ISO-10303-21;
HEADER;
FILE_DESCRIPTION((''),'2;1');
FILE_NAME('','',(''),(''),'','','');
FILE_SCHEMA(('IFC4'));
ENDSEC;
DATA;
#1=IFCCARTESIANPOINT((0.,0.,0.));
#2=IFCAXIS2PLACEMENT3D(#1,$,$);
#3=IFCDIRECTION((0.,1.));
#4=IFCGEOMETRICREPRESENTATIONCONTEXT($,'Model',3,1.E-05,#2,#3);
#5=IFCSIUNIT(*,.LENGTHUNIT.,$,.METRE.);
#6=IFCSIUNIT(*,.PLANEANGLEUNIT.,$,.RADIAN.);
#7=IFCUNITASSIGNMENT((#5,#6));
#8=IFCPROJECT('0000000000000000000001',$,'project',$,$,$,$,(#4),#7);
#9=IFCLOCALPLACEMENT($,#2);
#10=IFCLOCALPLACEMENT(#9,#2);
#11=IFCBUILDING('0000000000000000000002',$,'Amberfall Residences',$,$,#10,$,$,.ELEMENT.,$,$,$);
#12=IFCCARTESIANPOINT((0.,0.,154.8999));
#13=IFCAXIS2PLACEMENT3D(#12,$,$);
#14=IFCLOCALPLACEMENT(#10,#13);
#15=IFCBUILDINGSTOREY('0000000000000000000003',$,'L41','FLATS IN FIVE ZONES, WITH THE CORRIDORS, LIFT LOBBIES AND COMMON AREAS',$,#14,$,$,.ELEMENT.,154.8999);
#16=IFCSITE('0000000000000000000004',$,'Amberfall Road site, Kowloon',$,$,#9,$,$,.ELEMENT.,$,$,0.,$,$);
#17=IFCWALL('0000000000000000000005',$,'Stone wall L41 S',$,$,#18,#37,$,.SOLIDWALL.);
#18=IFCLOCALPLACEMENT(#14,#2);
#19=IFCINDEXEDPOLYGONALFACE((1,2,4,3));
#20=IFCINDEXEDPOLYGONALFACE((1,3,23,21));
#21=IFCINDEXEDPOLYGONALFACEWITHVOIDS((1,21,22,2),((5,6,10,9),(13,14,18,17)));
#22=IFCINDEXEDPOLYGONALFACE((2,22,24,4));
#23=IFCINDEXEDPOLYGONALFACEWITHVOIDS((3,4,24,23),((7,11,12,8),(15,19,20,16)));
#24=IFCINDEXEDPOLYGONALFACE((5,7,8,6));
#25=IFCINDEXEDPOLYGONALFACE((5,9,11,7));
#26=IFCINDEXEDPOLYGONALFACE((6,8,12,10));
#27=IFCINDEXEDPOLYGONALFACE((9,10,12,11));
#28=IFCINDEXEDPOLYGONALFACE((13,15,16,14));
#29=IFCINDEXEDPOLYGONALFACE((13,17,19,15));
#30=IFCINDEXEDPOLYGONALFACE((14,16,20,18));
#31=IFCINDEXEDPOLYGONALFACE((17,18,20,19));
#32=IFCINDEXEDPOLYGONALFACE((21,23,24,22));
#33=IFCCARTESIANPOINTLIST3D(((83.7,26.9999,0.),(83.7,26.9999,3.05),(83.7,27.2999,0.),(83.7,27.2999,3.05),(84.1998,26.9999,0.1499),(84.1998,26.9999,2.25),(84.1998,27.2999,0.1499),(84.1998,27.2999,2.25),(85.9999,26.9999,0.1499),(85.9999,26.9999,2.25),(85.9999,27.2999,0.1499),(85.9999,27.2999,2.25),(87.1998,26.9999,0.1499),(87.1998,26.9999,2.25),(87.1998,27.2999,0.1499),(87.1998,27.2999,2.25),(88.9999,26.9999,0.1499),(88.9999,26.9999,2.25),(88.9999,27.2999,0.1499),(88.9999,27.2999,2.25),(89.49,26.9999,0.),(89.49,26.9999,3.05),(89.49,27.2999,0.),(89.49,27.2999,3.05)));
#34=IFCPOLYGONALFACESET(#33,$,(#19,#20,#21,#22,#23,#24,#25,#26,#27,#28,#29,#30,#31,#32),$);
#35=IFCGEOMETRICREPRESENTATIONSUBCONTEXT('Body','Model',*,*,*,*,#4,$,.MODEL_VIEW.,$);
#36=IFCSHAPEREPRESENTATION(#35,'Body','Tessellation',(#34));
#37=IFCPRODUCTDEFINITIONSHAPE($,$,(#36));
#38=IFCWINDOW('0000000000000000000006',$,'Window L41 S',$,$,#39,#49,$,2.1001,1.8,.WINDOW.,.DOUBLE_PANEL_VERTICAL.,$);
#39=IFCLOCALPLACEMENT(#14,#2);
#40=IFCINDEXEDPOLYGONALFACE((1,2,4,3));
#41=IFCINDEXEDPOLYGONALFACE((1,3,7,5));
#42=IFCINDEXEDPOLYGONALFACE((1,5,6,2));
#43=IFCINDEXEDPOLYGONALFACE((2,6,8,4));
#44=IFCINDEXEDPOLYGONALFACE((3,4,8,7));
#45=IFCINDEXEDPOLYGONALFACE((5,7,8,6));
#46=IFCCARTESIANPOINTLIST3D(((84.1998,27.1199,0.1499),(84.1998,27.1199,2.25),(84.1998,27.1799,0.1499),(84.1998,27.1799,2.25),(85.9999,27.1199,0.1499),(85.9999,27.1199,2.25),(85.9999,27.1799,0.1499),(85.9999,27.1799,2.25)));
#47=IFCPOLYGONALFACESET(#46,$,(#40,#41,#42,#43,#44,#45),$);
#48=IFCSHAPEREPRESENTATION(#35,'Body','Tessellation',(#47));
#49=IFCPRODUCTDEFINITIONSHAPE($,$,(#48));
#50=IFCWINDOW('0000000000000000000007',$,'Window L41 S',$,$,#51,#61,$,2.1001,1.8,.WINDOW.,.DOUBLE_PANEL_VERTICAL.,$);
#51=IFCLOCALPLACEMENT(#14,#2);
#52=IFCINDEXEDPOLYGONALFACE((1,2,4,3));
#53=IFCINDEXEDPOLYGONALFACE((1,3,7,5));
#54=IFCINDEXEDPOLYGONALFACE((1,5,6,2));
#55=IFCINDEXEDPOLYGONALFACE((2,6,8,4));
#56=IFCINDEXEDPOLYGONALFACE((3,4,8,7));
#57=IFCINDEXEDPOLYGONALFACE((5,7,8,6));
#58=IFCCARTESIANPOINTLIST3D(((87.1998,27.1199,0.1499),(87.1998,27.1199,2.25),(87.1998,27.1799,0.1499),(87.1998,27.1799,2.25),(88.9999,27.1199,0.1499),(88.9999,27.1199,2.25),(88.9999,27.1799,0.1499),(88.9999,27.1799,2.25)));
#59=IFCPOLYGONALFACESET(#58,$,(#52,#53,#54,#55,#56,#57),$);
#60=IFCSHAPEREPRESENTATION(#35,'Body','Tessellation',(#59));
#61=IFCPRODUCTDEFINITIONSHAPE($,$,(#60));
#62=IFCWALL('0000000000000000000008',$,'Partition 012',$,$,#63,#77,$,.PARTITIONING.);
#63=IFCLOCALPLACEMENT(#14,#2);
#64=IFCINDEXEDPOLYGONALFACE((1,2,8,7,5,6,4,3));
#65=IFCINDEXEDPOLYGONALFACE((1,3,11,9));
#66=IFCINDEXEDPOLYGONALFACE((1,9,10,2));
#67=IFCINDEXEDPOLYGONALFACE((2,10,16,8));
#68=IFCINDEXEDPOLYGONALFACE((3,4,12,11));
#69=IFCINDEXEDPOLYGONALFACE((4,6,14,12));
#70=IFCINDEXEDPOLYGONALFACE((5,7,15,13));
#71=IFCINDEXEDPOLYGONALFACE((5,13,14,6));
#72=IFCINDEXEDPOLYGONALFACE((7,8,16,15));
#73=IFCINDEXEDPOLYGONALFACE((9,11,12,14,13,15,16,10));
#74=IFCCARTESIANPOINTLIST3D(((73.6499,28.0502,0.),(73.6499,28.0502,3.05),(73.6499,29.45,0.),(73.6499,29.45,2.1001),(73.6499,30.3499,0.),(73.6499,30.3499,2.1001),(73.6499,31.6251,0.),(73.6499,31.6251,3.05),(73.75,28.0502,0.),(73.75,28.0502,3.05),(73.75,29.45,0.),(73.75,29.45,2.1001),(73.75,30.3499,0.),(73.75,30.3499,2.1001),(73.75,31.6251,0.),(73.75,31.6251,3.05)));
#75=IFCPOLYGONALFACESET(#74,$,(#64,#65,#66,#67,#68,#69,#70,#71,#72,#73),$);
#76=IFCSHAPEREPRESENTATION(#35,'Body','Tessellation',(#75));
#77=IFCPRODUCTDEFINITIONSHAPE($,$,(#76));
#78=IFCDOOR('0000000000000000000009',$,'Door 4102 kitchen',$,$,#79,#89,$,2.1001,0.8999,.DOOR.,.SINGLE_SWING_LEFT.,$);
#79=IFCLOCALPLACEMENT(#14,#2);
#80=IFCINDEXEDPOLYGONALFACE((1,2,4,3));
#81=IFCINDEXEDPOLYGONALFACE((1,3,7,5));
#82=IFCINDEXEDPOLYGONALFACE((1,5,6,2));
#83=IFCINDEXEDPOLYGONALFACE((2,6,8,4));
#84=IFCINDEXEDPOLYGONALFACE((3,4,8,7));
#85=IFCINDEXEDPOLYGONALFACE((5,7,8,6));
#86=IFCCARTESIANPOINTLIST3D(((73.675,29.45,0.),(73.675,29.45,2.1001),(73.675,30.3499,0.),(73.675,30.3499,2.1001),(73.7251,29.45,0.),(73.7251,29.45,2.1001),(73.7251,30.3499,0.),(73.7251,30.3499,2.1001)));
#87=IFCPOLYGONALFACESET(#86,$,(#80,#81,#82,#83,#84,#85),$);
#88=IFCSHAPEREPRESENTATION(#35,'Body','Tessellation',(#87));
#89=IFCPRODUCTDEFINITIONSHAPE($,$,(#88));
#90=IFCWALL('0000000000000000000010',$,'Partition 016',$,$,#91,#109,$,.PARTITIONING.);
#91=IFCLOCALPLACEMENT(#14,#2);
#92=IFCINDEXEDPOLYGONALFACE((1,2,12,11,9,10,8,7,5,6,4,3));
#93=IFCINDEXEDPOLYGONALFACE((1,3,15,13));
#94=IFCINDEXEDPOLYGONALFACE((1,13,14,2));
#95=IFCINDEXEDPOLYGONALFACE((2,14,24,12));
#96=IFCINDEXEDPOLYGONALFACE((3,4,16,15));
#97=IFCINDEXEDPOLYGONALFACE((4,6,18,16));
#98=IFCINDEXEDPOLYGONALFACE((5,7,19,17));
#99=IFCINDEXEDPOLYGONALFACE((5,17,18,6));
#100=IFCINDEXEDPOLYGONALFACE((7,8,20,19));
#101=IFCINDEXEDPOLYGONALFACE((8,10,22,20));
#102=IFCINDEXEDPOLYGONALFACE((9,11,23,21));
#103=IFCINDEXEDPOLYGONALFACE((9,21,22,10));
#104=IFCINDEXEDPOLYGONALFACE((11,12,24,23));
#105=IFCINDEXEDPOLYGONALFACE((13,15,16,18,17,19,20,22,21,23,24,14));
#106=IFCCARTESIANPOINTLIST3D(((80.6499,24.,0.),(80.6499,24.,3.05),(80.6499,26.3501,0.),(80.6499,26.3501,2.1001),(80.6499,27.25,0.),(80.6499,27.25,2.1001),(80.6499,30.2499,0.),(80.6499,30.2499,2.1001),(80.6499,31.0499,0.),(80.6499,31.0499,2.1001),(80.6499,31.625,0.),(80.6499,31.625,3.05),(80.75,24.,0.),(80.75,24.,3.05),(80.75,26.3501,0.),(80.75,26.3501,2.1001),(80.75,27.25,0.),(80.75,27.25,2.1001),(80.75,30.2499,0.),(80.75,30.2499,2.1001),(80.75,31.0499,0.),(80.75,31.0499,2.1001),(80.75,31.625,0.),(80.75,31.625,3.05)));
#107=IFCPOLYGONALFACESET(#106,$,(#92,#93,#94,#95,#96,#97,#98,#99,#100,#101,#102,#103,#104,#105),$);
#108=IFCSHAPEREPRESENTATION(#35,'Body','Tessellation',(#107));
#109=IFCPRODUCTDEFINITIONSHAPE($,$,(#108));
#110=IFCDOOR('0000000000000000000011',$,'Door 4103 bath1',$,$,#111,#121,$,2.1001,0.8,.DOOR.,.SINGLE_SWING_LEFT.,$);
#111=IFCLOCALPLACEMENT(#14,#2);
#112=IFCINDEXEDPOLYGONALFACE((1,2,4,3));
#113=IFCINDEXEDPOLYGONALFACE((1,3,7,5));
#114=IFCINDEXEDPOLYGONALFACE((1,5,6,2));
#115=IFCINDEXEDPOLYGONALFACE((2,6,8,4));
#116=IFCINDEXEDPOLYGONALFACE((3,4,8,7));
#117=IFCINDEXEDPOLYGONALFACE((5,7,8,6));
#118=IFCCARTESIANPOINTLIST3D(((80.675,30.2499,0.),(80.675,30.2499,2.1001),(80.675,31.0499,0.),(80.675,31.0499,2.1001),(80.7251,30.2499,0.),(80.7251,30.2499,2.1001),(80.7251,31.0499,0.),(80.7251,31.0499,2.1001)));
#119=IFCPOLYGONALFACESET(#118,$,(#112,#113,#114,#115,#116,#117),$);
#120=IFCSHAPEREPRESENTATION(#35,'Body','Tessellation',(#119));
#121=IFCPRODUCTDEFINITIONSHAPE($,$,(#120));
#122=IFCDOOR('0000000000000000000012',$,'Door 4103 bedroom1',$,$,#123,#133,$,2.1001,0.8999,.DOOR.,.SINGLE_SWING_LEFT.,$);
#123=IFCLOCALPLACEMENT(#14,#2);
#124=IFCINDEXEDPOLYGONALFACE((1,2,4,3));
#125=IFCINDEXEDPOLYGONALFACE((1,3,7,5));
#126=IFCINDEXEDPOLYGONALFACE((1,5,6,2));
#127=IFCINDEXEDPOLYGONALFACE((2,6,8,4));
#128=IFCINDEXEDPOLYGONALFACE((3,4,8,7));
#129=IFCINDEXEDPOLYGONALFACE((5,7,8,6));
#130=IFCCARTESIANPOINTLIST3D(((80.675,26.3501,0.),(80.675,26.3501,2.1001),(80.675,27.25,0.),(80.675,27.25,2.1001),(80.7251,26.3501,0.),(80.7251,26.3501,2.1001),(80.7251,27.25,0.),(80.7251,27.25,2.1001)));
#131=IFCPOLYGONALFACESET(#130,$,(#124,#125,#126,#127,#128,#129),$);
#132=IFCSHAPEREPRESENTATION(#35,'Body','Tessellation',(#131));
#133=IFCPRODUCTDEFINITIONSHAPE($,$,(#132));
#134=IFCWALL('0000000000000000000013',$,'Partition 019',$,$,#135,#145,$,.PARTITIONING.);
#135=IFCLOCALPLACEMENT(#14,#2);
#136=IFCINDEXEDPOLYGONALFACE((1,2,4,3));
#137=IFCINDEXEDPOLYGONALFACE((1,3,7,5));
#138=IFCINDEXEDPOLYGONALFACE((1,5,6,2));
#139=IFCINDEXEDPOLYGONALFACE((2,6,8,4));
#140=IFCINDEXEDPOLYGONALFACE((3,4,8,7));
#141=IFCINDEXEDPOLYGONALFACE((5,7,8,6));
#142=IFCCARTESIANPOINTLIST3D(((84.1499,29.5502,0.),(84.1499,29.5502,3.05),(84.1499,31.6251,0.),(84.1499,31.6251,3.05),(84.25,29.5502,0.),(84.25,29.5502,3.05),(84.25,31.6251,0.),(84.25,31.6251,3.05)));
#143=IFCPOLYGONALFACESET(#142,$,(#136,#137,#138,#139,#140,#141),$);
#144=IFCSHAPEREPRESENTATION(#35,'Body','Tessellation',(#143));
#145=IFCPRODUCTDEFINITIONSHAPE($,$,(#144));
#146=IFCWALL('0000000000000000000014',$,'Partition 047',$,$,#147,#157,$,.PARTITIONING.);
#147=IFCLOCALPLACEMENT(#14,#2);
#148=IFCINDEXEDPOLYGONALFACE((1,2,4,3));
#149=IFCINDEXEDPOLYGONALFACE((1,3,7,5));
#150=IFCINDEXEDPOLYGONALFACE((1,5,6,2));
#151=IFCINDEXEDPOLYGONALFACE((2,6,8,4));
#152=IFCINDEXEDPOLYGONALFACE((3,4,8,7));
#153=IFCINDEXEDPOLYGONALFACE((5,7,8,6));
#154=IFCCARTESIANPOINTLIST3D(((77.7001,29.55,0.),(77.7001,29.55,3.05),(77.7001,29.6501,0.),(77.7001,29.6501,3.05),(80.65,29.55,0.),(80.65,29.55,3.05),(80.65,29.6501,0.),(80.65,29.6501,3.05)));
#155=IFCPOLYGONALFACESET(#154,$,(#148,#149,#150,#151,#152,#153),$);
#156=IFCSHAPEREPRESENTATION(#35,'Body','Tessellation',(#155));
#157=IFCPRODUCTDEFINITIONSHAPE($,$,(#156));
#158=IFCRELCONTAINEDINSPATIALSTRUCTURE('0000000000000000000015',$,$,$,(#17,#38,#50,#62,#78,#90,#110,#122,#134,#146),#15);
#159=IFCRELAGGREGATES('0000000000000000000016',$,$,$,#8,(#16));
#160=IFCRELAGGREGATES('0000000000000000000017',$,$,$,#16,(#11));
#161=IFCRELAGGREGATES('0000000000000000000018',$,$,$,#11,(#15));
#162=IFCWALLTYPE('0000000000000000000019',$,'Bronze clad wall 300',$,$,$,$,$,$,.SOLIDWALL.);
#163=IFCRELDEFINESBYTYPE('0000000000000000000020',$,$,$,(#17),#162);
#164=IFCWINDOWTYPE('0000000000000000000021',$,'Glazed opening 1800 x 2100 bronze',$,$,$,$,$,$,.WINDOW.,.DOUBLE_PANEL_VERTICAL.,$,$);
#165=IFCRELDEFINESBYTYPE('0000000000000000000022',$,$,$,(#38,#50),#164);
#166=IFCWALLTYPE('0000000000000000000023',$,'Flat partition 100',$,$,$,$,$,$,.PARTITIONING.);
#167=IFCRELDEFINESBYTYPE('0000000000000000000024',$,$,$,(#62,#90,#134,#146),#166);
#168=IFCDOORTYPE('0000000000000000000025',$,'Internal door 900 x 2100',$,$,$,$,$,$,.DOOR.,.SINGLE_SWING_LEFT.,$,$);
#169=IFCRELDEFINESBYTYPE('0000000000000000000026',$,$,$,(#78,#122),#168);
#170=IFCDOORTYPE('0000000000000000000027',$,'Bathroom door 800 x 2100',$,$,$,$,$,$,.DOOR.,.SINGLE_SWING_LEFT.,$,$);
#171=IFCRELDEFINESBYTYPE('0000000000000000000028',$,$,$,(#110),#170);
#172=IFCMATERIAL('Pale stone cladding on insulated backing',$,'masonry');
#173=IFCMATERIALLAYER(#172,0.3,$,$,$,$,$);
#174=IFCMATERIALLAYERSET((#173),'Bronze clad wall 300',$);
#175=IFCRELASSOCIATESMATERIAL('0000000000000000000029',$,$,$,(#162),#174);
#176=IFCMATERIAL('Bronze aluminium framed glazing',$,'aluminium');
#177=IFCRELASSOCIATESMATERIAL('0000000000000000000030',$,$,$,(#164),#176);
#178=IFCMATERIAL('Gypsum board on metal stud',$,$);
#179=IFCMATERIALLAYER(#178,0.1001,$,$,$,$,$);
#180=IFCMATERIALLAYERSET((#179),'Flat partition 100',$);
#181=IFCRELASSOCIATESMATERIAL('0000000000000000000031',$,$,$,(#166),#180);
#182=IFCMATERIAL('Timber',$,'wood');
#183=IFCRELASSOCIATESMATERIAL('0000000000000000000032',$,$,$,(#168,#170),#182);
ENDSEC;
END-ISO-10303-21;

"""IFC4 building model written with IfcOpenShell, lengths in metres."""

from ifc_helpers import new_model, si_unit, direction, frame, frame_2d, origin, place, context, subcontext, project, spatial, rectangle, extrude, material, layer, layer_set, type_object, element, fill, save


model = new_model("IFC4")

# Units and contexts
model_context = context("Model", 3, precision=1e-05, world=origin(), true_north=direction((0.0, 1.0)))
body_context = subcontext(model_context, "Body", "Model", "MODEL_VIEW")
ifc_project = project(units=[si_unit("LENGTHUNIT", "METRE"), si_unit("PLANEANGLEUNIT", "RADIAN")], contexts=[model_context])

# Site, building, storey
site_placement = place(None, origin())
site = spatial("IfcSite", under=ifc_project, at=site_placement, Name="Amberfall Road site, Kowloon", CompositionType="ELEMENT", RefElevation=0.0)
building_placement = place(site_placement, origin())
building = spatial("IfcBuilding", under=site, at=building_placement, Name="Amberfall Residences", CompositionType="ELEMENT")
storey_placement = place(building_placement, frame((0.0, 0.0, 154.8999)))
storey = spatial("IfcBuildingStorey", under=building, at=storey_placement, Name="L41", Description="FLATS IN FIVE ZONES, WITH THE CORRIDORS, LIFT LOBBIES AND COMMON AREAS", CompositionType="ELEMENT", Elevation=154.8999)

# Shared definitions
ifc_material_1 = material(Name="Pale stone cladding on insulated backing", Category="masonry")
ifc_layer_1 = layer(ifc_material_1, 0.3)
ifc_layer_set_1 = layer_set([ifc_layer_1], Name="Bronze clad wall 300")
wall_type_1 = type_object("IfcWallType", Name="Bronze clad wall 300", PredefinedType="SOLIDWALL", material=ifc_layer_set_1)

# Wall, openings, windows
ifc_material_2 = material(Name="Bronze aluminium framed glazing", Category="aluminium")
window_type = type_object("IfcWindowType", Name="Glazed opening 1800 x 2100 bronze", PartitioningType="DOUBLE_PANEL_VERTICAL", PredefinedType="WINDOW", material=ifc_material_2)
wall_1_placement = place(storey_placement, frame((83.7, 27.1499, 0.0), z_axis=(0.0, 0.0, 1.0), x_axis=(1.0, 0.0, 0.0)))
wall_1 = element("IfcWall", 1, at=wall_1_placement, inside=storey, type_object=wall_type_1, Name="Stone wall L41 S", PredefinedType="SOLIDWALL", context=body_context, shape_type="SweptSolid", body=[
    extrude(rectangle(XDim=5.79, YDim=0.3, at=frame_2d((2.895, 0.0))), origin(), (0.0, 0.0, 1.0), 3.05),
])
opening_1_placement = place(wall_1_placement, frame((0.5, 0.0, 0.1499)))
opening_1 = element("IfcOpeningElement", 2, at=opening_1_placement, cuts=wall_1, PredefinedType="OPENING", context=body_context, shape_type="SweptSolid", body=[
    extrude(rectangle(XDim=1.8, YDim=2.1001, at=frame_2d((0.8999, 1.05))), frame((0.0, 0.1599, 0.0), z_axis=(0.0, -1.0, 0.0), x_axis=(1.0, 0.0, 0.0)), (0.0, 0.0, 1.0), 0.3201),
])
opening_2_placement = place(wall_1_placement, frame((3.5, 0.0, 0.1499)))
opening_2 = element("IfcOpeningElement", 3, at=opening_2_placement, cuts=wall_1, PredefinedType="OPENING", context=body_context, shape_type="SweptSolid", body=[
    extrude(rectangle(XDim=1.8, YDim=2.1001, at=frame_2d((0.8999, 1.05))), frame((0.0, 0.1599, 0.0), z_axis=(0.0, -1.0, 0.0), x_axis=(1.0, 0.0, 0.0)), (0.0, 0.0, 1.0), 0.3201),
])
window_1_placement = place(opening_1_placement, origin())
window_1 = element("IfcWindow", 4, at=window_1_placement, inside=storey, type_object=window_type, Name="Window L41 S", OverallHeight=2.1001, OverallWidth=1.8, PartitioningType="DOUBLE_PANEL_VERTICAL", PredefinedType="WINDOW", context=body_context, shape_type="SweptSolid", body=[
    extrude(rectangle(XDim=1.8, YDim=2.1001, at=frame_2d((0.8999, 1.05))), frame((0.0, 0.03, 0.0), z_axis=(0.0, -1.0, 0.0), x_axis=(1.0, 0.0, 0.0)), (0.0, 0.0, 1.0), 0.0601),
])
fill(opening_1, window_1)
window_2_placement = place(opening_2_placement, origin())
window_2 = element("IfcWindow", 5, at=window_2_placement, inside=storey, type_object=window_type, Name="Window L41 S", OverallHeight=2.1001, OverallWidth=1.8, PartitioningType="DOUBLE_PANEL_VERTICAL", PredefinedType="WINDOW", context=body_context, shape_type="SweptSolid", body=[
    extrude(rectangle(XDim=1.8, YDim=2.1001, at=frame_2d((0.8999, 1.05))), frame((0.0, 0.03, 0.0), z_axis=(0.0, -1.0, 0.0), x_axis=(1.0, 0.0, 0.0)), (0.0, 0.0, 1.0), 0.0601),
])
fill(opening_2, window_2)

# Wall, opening, door
ifc_material_3 = material(Name="Gypsum board on metal stud")
ifc_layer_2 = layer(ifc_material_3, 0.1001)
ifc_layer_set_2 = layer_set([ifc_layer_2], Name="Flat partition 100")
wall_type_2 = type_object("IfcWallType", Name="Flat partition 100", PredefinedType="PARTITIONING", material=ifc_layer_set_2)
wall_2_placement = place(storey_placement, frame((73.7, 28.05, 0.0), z_axis=(0.0, 0.0, 1.0), x_axis=(0.0, 1.0, 0.0)))
wall_2 = element("IfcWall", 6, at=wall_2_placement, inside=storey, type_object=wall_type_2, Name="Partition 012", PredefinedType="PARTITIONING", context=body_context, shape_type="SweptSolid", body=[
    extrude(rectangle(XDim=3.575, YDim=0.1001, at=frame_2d((1.7876, 0.0))), origin(), (0.0, 0.0, 1.0), 3.05),
])
opening_3_placement = place(wall_2_placement, frame((1.3999, 0.0, 0.0)))
opening_3 = element("IfcOpeningElement", 7, at=opening_3_placement, cuts=wall_2, PredefinedType="OPENING", context=body_context, shape_type="SweptSolid", body=[
    extrude(rectangle(XDim=0.8999, YDim=2.1001, at=frame_2d((0.45, 1.05))), frame((0.0, 0.0601, 0.0), z_axis=(0.0, -1.0, 0.0), x_axis=(1.0, 0.0, 0.0)), (0.0, 0.0, 1.0), 0.1201),
])
ifc_material_4 = material(Name="Timber", Category="wood")
door_type_1 = type_object("IfcDoorType", Name="Internal door 900 x 2100", OperationType="SINGLE_SWING_LEFT", PredefinedType="DOOR", material=ifc_material_4)
door_1_placement = place(opening_3_placement, origin())
door_1 = element("IfcDoor", 8, at=door_1_placement, inside=storey, type_object=door_type_1, Name="Door 4102 kitchen", OperationType="SINGLE_SWING_LEFT", OverallHeight=2.1001, OverallWidth=0.8999, PredefinedType="DOOR", context=body_context, shape_type="SweptSolid", body=[
    extrude(rectangle(XDim=0.8999, YDim=2.1001, at=frame_2d((0.45, 1.05))), frame((0.0, 0.0249, 0.0), z_axis=(0.0, -1.0, 0.0), x_axis=(1.0, 0.0, 0.0)), (0.0, 0.0, 1.0), 0.05),
])
fill(opening_3, door_1)

# Wall, openings, doors
wall_3_placement = place(storey_placement, frame((80.7, 24.0, 0.0), z_axis=(0.0, 0.0, 1.0), x_axis=(0.0, 1.0, 0.0)))
wall_3 = element("IfcWall", 9, at=wall_3_placement, inside=storey, type_object=wall_type_2, Name="Partition 016", PredefinedType="PARTITIONING", context=body_context, shape_type="SweptSolid", body=[
    extrude(rectangle(XDim=7.625, YDim=0.1001, at=frame_2d((3.8125, 0.0))), origin(), (0.0, 0.0, 1.0), 3.05),
])
opening_4_placement = place(wall_3_placement, frame((2.3501, 0.0, 0.0)))
opening_4 = element("IfcOpeningElement", 10, at=opening_4_placement, cuts=wall_3, PredefinedType="OPENING", context=body_context, shape_type="SweptSolid", body=[
    extrude(rectangle(XDim=0.8999, YDim=2.1001, at=frame_2d((0.45, 1.05))), frame((0.0, 0.0601, 0.0), z_axis=(0.0, -1.0, 0.0), x_axis=(1.0, 0.0, 0.0)), (0.0, 0.0, 1.0), 0.1201),
])
opening_5_placement = place(wall_3_placement, frame((6.25, 0.0, 0.0)))
opening_5 = element("IfcOpeningElement", 11, at=opening_5_placement, cuts=wall_3, PredefinedType="OPENING", context=body_context, shape_type="SweptSolid", body=[
    extrude(rectangle(XDim=0.8, YDim=2.1001, at=frame_2d((0.3999, 1.05))), frame((0.0, 0.0601, 0.0), z_axis=(0.0, -1.0, 0.0), x_axis=(1.0, 0.0, 0.0)), (0.0, 0.0, 1.0), 0.1201),
])
door_type_2 = type_object("IfcDoorType", Name="Bathroom door 800 x 2100", OperationType="SINGLE_SWING_LEFT", PredefinedType="DOOR", material=ifc_material_4)
door_2_placement = place(opening_5_placement, origin())
door_2 = element("IfcDoor", 12, at=door_2_placement, inside=storey, type_object=door_type_2, Name="Door 4103 bath1", OperationType="SINGLE_SWING_LEFT", OverallHeight=2.1001, OverallWidth=0.8, PredefinedType="DOOR", context=body_context, shape_type="SweptSolid", body=[
    extrude(rectangle(XDim=0.8, YDim=2.1001, at=frame_2d((0.3999, 1.05))), frame((0.0, 0.0249, 0.0), z_axis=(0.0, -1.0, 0.0), x_axis=(1.0, 0.0, 0.0)), (0.0, 0.0, 1.0), 0.05),
])
fill(opening_5, door_2)
door_3_placement = place(opening_4_placement, origin())
door_3 = element("IfcDoor", 13, at=door_3_placement, inside=storey, type_object=door_type_1, Name="Door 4103 bedroom1", OperationType="SINGLE_SWING_LEFT", OverallHeight=2.1001, OverallWidth=0.8999, PredefinedType="DOOR", context=body_context, shape_type="SweptSolid", body=[
    extrude(rectangle(XDim=0.8999, YDim=2.1001, at=frame_2d((0.45, 1.05))), frame((0.0, 0.0249, 0.0), z_axis=(0.0, -1.0, 0.0), x_axis=(1.0, 0.0, 0.0)), (0.0, 0.0, 1.0), 0.05),
])
fill(opening_4, door_3)

# Walls
wall_4_placement = place(storey_placement, frame((84.2, 29.55, 0.0), z_axis=(0.0, 0.0, 1.0), x_axis=(0.0, 1.0, 0.0)))
element("IfcWall", 14, at=wall_4_placement, inside=storey, type_object=wall_type_2, Name="Partition 019", PredefinedType="PARTITIONING", context=body_context, shape_type="SweptSolid", body=[
    extrude(rectangle(XDim=2.075, YDim=0.1001, at=frame_2d((1.0376, 0.0))), origin(), (0.0, 0.0, 1.0), 3.05),
])
wall_5_placement = place(storey_placement, frame((77.7, 29.6001, 0.0), z_axis=(0.0, 0.0, 1.0), x_axis=(1.0, 0.0, 0.0)))
element("IfcWall", 15, at=wall_5_placement, inside=storey, type_object=wall_type_2, Name="Partition 047", PredefinedType="PARTITIONING", context=body_context, shape_type="SweptSolid", body=[
    extrude(rectangle(XDim=2.95, YDim=0.1001, at=frame_2d((1.4751, 0.0))), origin(), (0.0, 0.0, 1.0), 3.05),
])

save(model, "model.ifc")
